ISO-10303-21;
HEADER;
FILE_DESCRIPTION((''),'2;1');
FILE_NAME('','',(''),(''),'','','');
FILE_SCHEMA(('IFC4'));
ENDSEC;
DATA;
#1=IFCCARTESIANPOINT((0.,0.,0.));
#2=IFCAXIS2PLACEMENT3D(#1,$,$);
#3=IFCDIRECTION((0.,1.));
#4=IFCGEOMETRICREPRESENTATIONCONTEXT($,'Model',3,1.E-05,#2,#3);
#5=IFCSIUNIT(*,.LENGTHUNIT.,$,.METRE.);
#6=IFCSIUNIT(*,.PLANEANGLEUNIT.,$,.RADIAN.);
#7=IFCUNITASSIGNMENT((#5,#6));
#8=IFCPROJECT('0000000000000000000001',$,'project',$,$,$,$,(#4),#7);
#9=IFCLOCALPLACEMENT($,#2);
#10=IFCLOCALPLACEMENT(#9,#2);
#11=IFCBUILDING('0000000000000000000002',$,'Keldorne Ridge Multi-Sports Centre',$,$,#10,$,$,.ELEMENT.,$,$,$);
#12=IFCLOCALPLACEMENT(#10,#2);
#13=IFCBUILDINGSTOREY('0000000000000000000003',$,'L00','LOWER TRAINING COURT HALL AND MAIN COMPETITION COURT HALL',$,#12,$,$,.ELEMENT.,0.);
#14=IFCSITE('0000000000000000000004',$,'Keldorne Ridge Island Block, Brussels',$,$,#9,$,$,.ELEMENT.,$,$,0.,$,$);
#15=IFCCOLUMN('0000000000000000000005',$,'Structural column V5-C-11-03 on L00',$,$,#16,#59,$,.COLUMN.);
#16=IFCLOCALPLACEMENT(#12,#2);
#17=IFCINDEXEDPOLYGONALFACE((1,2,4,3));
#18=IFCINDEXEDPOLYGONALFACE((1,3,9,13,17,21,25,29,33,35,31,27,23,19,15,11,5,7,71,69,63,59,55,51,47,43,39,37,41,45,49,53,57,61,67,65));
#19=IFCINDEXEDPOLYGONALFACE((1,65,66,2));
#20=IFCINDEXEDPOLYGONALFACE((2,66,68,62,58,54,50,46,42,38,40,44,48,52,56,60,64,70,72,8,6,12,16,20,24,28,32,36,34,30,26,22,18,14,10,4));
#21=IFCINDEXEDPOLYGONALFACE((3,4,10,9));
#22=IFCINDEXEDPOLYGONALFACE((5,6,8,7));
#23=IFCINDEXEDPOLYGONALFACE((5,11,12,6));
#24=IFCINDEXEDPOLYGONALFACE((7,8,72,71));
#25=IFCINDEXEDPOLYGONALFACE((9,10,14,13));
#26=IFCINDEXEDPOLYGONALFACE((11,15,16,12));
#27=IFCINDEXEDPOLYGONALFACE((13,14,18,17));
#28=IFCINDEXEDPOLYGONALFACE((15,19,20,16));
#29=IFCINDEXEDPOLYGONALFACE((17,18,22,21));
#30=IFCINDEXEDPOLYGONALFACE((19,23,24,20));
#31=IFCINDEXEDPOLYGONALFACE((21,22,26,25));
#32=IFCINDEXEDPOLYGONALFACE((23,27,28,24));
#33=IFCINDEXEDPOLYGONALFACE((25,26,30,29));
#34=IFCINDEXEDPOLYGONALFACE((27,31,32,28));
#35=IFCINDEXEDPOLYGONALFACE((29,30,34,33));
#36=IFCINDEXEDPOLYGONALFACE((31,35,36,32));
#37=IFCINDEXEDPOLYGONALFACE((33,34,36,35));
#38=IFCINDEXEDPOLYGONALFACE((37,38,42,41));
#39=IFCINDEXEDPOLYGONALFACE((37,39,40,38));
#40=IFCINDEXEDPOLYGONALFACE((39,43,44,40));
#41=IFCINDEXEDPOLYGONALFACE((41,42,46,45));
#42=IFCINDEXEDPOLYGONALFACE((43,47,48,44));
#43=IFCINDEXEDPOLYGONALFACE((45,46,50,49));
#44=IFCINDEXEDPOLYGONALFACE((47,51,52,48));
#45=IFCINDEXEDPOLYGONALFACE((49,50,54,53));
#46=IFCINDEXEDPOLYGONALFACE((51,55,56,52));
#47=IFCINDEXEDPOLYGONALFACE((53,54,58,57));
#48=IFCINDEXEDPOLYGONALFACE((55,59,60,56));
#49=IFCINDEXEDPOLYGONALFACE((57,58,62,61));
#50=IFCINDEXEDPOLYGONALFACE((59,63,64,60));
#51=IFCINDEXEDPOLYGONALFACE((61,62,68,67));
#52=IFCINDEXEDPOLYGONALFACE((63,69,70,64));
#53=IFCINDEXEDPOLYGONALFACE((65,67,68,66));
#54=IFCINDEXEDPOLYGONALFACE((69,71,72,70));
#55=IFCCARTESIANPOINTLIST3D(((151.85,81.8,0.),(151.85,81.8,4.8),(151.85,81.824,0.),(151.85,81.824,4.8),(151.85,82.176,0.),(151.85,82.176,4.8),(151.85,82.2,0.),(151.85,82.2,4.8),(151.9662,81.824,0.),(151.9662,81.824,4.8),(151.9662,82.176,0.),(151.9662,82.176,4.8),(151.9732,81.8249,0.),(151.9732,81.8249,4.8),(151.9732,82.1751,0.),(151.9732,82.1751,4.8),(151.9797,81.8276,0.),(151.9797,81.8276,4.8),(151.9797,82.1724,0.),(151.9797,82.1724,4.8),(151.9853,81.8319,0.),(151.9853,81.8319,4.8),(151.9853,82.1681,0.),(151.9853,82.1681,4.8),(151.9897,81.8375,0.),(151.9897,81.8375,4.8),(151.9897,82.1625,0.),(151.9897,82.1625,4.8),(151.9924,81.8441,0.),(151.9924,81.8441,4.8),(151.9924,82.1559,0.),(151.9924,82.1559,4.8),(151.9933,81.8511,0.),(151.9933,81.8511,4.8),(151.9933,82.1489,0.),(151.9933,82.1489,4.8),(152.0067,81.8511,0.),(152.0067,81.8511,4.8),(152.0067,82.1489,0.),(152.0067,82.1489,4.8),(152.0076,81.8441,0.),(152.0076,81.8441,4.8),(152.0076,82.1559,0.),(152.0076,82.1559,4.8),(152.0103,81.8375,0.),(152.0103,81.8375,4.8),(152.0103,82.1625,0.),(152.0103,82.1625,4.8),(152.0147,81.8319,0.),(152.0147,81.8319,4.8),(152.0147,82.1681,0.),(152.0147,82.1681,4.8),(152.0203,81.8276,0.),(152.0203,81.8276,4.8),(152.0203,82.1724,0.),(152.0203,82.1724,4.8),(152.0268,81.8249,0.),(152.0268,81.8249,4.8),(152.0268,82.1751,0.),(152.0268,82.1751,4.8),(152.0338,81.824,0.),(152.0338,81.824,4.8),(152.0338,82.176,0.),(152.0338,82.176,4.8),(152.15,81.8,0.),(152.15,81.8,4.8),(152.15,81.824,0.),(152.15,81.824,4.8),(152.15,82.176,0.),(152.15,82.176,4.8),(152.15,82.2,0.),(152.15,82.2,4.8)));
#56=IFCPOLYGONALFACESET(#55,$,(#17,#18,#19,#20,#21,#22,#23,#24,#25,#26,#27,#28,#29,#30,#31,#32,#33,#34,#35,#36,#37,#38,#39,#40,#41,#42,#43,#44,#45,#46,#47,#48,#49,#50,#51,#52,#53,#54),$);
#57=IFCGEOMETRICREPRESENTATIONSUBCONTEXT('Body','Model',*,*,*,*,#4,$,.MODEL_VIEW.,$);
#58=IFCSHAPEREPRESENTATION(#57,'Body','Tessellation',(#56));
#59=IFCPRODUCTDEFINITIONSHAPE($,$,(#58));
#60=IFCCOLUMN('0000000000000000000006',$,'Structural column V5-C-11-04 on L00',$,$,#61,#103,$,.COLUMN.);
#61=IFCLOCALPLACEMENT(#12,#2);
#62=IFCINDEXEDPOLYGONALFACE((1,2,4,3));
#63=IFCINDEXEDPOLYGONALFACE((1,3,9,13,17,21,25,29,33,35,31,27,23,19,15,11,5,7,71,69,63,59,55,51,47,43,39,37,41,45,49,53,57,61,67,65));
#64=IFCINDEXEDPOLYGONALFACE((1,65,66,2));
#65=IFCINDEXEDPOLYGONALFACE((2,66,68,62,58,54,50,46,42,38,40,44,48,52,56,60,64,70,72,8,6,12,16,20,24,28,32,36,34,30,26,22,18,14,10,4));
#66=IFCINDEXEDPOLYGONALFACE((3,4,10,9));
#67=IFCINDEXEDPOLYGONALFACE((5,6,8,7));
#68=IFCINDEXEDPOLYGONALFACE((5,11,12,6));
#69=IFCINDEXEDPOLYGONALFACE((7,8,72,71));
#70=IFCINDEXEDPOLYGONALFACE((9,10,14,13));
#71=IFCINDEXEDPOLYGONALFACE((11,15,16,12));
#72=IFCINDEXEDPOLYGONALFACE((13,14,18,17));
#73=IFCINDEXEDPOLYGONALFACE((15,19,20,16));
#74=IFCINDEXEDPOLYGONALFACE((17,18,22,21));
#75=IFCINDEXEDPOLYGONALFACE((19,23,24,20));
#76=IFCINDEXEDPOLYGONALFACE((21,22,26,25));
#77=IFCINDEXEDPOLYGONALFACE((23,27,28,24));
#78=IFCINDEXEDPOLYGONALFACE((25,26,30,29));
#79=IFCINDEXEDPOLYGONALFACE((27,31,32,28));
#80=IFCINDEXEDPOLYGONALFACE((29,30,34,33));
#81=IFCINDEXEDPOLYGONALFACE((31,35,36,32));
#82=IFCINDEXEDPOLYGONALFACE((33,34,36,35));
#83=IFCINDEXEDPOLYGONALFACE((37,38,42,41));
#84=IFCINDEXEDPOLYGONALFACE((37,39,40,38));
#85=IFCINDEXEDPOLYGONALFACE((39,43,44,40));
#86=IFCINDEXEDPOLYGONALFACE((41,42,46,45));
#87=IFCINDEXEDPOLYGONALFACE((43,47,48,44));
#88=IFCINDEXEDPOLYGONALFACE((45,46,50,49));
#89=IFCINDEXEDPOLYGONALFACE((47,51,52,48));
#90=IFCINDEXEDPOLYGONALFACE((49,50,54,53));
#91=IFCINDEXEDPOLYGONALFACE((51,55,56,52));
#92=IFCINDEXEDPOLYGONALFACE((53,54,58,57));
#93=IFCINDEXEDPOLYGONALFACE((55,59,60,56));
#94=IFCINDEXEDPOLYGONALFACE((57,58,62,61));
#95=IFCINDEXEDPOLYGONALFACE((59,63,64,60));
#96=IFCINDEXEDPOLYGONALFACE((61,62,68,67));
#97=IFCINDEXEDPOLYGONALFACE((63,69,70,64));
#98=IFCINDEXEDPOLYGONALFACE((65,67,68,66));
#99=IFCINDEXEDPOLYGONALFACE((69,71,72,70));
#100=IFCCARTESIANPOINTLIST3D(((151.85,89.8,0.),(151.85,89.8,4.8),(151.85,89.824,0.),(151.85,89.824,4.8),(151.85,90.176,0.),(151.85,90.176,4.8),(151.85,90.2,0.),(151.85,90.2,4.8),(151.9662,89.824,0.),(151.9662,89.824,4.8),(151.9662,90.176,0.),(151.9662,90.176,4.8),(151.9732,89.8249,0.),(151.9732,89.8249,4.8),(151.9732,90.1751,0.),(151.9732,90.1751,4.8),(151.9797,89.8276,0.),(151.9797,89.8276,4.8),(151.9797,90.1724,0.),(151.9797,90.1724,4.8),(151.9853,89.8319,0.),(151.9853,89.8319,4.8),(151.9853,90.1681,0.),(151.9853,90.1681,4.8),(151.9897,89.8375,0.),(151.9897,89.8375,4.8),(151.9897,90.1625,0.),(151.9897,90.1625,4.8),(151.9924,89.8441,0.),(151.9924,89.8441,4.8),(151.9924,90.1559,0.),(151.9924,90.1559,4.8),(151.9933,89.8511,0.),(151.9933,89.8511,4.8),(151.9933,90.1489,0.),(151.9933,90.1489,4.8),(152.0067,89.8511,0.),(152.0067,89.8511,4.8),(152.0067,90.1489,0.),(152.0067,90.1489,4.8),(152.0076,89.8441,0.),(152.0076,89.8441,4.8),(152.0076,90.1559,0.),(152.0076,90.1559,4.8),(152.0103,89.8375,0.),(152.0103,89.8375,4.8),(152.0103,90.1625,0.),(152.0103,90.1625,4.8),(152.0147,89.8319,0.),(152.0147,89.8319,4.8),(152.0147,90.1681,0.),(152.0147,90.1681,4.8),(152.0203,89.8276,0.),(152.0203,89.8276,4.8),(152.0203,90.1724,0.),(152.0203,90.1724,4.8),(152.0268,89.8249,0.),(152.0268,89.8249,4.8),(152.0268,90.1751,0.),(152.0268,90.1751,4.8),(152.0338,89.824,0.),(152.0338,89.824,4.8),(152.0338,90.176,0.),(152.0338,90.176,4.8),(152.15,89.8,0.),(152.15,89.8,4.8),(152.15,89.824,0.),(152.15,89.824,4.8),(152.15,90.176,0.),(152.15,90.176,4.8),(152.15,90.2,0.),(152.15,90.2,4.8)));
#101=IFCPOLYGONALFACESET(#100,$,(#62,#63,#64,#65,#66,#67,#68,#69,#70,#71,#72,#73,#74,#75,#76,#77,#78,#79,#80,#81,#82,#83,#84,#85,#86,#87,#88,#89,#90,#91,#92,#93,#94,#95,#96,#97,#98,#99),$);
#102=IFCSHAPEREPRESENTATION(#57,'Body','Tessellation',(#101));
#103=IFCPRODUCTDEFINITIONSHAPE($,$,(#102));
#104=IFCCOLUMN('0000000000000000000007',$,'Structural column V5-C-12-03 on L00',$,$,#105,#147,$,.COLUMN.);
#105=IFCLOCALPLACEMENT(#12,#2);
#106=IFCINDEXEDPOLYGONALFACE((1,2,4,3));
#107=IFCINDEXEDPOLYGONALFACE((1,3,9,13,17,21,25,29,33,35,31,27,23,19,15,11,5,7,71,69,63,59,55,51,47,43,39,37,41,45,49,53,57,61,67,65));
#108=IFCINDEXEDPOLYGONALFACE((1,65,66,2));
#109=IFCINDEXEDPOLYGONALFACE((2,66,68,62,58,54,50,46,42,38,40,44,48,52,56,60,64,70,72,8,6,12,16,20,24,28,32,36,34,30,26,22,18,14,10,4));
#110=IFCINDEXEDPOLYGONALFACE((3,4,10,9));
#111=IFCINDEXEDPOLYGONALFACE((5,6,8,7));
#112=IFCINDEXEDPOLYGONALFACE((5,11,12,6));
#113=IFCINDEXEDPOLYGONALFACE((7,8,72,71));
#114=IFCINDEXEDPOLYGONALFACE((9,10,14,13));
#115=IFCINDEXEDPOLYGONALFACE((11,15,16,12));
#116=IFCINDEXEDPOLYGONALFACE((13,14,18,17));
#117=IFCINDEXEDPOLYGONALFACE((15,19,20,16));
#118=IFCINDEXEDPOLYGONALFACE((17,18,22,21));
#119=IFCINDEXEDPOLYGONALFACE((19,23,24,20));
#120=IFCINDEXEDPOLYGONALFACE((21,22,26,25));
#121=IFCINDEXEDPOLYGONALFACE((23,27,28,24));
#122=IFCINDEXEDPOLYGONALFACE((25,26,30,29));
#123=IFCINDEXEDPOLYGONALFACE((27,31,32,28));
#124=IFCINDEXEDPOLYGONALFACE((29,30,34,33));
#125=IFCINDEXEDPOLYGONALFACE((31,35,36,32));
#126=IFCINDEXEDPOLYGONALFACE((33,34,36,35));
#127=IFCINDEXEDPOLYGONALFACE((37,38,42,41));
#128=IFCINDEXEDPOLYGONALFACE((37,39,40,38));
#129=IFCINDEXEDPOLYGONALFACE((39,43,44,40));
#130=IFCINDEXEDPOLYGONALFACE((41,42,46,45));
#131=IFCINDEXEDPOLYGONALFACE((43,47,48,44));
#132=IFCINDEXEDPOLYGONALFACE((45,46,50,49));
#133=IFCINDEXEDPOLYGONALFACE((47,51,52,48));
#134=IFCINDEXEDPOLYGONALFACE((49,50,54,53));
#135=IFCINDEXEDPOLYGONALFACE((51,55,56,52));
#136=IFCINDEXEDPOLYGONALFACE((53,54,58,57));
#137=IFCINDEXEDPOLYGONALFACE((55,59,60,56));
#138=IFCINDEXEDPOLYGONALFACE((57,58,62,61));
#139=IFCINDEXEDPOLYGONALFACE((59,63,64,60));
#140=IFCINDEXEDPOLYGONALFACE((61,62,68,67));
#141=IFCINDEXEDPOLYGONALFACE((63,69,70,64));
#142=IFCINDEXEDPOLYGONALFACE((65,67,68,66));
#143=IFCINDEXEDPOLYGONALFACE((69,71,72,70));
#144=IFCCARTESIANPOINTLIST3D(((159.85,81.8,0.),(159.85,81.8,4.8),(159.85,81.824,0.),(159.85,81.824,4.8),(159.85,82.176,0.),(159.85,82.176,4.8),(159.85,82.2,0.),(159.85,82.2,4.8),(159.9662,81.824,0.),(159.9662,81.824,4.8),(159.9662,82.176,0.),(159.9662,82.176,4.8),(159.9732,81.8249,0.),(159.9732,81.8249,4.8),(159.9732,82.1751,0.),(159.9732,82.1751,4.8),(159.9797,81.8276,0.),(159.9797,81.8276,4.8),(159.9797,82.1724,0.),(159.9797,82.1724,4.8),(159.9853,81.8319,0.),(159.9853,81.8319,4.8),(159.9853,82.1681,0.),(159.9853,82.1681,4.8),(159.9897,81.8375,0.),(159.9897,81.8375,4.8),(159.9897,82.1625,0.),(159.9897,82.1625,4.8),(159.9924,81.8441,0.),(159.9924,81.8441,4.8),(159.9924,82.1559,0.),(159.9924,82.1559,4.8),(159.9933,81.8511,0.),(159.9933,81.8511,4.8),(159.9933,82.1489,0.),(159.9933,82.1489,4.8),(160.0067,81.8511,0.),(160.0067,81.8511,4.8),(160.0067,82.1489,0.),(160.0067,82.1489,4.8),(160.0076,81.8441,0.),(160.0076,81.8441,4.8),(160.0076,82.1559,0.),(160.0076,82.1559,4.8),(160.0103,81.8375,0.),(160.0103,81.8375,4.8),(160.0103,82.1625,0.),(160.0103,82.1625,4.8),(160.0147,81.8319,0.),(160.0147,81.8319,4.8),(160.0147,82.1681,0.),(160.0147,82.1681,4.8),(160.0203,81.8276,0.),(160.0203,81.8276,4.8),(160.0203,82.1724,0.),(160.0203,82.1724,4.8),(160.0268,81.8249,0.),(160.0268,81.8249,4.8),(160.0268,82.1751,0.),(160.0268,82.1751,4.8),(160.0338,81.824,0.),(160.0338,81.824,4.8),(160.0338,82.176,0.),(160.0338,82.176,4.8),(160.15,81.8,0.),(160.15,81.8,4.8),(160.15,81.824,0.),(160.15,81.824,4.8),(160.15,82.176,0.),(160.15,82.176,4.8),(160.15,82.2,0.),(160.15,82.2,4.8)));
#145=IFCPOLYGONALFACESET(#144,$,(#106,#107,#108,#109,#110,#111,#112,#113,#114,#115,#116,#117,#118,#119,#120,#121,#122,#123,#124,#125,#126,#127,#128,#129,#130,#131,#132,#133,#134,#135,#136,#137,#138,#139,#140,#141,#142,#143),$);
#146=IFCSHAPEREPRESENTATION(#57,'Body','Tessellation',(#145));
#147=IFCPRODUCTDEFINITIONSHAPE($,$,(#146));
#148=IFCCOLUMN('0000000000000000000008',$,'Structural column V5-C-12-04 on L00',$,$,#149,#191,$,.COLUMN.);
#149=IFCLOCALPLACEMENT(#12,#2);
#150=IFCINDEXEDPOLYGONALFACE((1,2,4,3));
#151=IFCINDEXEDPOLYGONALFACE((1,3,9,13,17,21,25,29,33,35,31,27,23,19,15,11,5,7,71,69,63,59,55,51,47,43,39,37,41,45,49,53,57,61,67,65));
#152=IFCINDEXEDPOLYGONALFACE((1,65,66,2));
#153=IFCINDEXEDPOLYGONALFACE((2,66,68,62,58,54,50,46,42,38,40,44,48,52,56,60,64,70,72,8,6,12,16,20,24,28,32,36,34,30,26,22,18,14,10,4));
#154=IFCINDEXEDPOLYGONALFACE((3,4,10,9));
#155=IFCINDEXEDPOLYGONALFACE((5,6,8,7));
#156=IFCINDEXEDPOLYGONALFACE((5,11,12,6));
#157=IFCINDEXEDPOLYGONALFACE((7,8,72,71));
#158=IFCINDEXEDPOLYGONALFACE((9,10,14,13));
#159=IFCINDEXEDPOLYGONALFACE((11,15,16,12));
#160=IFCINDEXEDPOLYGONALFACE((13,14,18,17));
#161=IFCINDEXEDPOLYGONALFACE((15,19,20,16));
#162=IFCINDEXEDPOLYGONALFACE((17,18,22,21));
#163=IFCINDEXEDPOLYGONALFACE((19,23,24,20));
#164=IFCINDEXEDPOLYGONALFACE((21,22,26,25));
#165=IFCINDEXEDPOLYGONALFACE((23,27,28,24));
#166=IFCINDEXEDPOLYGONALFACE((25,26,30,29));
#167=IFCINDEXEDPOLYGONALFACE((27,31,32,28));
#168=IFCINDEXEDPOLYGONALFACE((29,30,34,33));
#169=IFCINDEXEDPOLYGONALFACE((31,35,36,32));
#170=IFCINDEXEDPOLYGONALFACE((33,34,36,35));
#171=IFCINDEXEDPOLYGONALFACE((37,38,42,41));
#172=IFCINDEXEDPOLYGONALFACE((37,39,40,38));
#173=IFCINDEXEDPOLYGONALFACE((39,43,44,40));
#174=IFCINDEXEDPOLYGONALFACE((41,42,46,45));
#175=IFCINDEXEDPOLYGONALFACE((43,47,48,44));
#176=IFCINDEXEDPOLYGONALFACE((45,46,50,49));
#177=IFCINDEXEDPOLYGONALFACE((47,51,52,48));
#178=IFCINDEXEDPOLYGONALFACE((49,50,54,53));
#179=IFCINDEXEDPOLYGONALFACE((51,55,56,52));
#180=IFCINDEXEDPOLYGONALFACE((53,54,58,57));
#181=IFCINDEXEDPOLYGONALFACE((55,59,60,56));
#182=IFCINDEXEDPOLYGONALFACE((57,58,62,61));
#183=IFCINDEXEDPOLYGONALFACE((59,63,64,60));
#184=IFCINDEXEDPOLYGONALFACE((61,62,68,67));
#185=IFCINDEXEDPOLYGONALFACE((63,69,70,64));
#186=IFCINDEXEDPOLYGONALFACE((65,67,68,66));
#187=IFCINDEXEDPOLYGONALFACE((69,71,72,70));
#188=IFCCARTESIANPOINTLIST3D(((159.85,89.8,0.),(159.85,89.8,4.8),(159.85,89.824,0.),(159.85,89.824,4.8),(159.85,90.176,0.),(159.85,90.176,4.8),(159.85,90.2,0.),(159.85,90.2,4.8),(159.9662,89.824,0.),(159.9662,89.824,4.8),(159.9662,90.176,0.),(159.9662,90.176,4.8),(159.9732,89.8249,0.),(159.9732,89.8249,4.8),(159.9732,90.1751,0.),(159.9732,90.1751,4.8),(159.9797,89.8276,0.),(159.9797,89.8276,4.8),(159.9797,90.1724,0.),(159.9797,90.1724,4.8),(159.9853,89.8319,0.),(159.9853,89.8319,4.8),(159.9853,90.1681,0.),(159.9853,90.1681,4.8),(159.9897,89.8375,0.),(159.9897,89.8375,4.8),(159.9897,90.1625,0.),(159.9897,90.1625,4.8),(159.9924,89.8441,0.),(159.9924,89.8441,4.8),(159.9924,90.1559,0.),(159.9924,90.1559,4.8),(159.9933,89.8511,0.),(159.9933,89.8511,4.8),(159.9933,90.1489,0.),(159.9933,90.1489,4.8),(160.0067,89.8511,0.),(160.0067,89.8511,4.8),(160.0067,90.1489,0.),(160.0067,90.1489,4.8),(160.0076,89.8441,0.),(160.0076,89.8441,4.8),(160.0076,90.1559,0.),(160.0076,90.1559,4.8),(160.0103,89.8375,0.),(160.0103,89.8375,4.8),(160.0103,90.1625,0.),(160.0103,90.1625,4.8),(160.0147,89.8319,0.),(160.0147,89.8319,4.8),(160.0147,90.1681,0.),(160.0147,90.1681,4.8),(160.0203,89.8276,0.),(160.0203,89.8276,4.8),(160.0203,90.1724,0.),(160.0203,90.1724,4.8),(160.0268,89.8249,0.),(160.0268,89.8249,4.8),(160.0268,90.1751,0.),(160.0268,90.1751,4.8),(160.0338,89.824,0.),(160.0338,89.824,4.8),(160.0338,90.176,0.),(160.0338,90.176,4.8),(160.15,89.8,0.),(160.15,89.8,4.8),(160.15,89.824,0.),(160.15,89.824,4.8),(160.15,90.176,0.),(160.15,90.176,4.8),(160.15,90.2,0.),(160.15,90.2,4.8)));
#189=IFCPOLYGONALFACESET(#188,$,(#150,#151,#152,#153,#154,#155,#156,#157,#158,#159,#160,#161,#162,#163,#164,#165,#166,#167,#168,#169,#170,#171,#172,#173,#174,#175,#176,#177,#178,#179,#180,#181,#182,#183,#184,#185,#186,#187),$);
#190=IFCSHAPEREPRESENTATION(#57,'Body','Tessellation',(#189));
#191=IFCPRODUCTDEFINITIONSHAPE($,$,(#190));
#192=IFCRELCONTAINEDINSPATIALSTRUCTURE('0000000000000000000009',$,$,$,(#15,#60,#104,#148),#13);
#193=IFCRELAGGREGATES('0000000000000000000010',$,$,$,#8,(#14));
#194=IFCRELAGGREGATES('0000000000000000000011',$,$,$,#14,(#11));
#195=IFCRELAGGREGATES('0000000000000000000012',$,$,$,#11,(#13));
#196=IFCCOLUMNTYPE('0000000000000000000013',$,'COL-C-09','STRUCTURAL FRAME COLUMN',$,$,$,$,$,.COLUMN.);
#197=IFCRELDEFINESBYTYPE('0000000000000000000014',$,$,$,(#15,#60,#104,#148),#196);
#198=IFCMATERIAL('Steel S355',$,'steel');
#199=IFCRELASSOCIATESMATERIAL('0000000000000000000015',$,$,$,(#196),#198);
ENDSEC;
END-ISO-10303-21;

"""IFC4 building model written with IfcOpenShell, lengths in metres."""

from ifc_helpers import new_model, si_unit, direction, frame, origin, origin_2d, place, context, subcontext, project, spatial, i_section, extrude, material, material_profile, profile_set, type_object, element, save


model = new_model("IFC4")

# Units and contexts
model_context = context("Model", 3, precision=1e-05, world=origin(), true_north=direction((0.0, 1.0)))
body_context = subcontext(model_context, "Body", "Model", "MODEL_VIEW")
ifc_project = project(units=[si_unit("LENGTHUNIT", "METRE"), si_unit("PLANEANGLEUNIT", "RADIAN")], contexts=[model_context])

# Site, building, storey
site_placement = place(None, origin())
site = spatial("IfcSite", under=ifc_project, at=site_placement, Name="Keldorne Ridge Island Block, Brussels", CompositionType="ELEMENT", RefElevation=0.0)
building_placement = place(site_placement, origin())
building = spatial("IfcBuilding", under=site, at=building_placement, Name="Keldorne Ridge Multi-Sports Centre", CompositionType="ELEMENT")
storey_placement = place(building_placement, origin())
storey = spatial("IfcBuildingStorey", under=building, at=storey_placement, Name="L00", Description="LOWER TRAINING COURT HALL AND MAIN COMPETITION COURT HALL", CompositionType="ELEMENT", Elevation=0.0)

# Columns
ifc_material_1 = material(Name="Steel S355", Category="steel")
ifc_material_profile_1 = material_profile(ifc_material_1, i_section(OverallWidth=0.3, OverallDepth=0.3999, WebThickness=0.0134, FlangeThickness=0.0239, FilletRadius=0.0271, at=origin_2d()), Name="HEB 400")
ifc_profile_set_1 = profile_set([ifc_material_profile_1], Name="Steel S355")
column_type = type_object("IfcColumnType", Name="COL-C-09", Description="STRUCTURAL FRAME COLUMN", PredefinedType="COLUMN", material=ifc_profile_set_1)
for number, where, z_axis, x_axis, name in (
    (1, (152.0, 82.0, 0.0), (0.0, 0.0, 1.0), (1.0, 0.0, 0.0), "Structural column V5-C-11-03 on L00"),
    (2, (152.0, 90.0, 0.0), (0.0, 0.0, 1.0), (1.0, 0.0, 0.0), "Structural column V5-C-11-04 on L00"),
    (3, (160.0, 82.0, 0.0), (0.0, 0.0, 1.0), (1.0, 0.0, 0.0), "Structural column V5-C-12-03 on L00"),
    (4, (160.0, 90.0, 0.0), (0.0, 0.0, 1.0), (1.0, 0.0, 0.0), "Structural column V5-C-12-04 on L00"),
):
    element("IfcColumn", number, at=place(storey_placement, frame(where, z_axis=z_axis, x_axis=x_axis)), inside=storey, type_object=column_type, Name=name, PredefinedType="COLUMN", context=body_context, shape_type="SweptSolid", body=[
        extrude(i_section(OverallWidth=0.3, OverallDepth=0.3999, WebThickness=0.0134, FlangeThickness=0.0239, FilletRadius=0.0271, at=origin_2d()), origin(), (0.0, 0.0, 1.0), 4.8),
    ])

save(model, "model.ifc")
